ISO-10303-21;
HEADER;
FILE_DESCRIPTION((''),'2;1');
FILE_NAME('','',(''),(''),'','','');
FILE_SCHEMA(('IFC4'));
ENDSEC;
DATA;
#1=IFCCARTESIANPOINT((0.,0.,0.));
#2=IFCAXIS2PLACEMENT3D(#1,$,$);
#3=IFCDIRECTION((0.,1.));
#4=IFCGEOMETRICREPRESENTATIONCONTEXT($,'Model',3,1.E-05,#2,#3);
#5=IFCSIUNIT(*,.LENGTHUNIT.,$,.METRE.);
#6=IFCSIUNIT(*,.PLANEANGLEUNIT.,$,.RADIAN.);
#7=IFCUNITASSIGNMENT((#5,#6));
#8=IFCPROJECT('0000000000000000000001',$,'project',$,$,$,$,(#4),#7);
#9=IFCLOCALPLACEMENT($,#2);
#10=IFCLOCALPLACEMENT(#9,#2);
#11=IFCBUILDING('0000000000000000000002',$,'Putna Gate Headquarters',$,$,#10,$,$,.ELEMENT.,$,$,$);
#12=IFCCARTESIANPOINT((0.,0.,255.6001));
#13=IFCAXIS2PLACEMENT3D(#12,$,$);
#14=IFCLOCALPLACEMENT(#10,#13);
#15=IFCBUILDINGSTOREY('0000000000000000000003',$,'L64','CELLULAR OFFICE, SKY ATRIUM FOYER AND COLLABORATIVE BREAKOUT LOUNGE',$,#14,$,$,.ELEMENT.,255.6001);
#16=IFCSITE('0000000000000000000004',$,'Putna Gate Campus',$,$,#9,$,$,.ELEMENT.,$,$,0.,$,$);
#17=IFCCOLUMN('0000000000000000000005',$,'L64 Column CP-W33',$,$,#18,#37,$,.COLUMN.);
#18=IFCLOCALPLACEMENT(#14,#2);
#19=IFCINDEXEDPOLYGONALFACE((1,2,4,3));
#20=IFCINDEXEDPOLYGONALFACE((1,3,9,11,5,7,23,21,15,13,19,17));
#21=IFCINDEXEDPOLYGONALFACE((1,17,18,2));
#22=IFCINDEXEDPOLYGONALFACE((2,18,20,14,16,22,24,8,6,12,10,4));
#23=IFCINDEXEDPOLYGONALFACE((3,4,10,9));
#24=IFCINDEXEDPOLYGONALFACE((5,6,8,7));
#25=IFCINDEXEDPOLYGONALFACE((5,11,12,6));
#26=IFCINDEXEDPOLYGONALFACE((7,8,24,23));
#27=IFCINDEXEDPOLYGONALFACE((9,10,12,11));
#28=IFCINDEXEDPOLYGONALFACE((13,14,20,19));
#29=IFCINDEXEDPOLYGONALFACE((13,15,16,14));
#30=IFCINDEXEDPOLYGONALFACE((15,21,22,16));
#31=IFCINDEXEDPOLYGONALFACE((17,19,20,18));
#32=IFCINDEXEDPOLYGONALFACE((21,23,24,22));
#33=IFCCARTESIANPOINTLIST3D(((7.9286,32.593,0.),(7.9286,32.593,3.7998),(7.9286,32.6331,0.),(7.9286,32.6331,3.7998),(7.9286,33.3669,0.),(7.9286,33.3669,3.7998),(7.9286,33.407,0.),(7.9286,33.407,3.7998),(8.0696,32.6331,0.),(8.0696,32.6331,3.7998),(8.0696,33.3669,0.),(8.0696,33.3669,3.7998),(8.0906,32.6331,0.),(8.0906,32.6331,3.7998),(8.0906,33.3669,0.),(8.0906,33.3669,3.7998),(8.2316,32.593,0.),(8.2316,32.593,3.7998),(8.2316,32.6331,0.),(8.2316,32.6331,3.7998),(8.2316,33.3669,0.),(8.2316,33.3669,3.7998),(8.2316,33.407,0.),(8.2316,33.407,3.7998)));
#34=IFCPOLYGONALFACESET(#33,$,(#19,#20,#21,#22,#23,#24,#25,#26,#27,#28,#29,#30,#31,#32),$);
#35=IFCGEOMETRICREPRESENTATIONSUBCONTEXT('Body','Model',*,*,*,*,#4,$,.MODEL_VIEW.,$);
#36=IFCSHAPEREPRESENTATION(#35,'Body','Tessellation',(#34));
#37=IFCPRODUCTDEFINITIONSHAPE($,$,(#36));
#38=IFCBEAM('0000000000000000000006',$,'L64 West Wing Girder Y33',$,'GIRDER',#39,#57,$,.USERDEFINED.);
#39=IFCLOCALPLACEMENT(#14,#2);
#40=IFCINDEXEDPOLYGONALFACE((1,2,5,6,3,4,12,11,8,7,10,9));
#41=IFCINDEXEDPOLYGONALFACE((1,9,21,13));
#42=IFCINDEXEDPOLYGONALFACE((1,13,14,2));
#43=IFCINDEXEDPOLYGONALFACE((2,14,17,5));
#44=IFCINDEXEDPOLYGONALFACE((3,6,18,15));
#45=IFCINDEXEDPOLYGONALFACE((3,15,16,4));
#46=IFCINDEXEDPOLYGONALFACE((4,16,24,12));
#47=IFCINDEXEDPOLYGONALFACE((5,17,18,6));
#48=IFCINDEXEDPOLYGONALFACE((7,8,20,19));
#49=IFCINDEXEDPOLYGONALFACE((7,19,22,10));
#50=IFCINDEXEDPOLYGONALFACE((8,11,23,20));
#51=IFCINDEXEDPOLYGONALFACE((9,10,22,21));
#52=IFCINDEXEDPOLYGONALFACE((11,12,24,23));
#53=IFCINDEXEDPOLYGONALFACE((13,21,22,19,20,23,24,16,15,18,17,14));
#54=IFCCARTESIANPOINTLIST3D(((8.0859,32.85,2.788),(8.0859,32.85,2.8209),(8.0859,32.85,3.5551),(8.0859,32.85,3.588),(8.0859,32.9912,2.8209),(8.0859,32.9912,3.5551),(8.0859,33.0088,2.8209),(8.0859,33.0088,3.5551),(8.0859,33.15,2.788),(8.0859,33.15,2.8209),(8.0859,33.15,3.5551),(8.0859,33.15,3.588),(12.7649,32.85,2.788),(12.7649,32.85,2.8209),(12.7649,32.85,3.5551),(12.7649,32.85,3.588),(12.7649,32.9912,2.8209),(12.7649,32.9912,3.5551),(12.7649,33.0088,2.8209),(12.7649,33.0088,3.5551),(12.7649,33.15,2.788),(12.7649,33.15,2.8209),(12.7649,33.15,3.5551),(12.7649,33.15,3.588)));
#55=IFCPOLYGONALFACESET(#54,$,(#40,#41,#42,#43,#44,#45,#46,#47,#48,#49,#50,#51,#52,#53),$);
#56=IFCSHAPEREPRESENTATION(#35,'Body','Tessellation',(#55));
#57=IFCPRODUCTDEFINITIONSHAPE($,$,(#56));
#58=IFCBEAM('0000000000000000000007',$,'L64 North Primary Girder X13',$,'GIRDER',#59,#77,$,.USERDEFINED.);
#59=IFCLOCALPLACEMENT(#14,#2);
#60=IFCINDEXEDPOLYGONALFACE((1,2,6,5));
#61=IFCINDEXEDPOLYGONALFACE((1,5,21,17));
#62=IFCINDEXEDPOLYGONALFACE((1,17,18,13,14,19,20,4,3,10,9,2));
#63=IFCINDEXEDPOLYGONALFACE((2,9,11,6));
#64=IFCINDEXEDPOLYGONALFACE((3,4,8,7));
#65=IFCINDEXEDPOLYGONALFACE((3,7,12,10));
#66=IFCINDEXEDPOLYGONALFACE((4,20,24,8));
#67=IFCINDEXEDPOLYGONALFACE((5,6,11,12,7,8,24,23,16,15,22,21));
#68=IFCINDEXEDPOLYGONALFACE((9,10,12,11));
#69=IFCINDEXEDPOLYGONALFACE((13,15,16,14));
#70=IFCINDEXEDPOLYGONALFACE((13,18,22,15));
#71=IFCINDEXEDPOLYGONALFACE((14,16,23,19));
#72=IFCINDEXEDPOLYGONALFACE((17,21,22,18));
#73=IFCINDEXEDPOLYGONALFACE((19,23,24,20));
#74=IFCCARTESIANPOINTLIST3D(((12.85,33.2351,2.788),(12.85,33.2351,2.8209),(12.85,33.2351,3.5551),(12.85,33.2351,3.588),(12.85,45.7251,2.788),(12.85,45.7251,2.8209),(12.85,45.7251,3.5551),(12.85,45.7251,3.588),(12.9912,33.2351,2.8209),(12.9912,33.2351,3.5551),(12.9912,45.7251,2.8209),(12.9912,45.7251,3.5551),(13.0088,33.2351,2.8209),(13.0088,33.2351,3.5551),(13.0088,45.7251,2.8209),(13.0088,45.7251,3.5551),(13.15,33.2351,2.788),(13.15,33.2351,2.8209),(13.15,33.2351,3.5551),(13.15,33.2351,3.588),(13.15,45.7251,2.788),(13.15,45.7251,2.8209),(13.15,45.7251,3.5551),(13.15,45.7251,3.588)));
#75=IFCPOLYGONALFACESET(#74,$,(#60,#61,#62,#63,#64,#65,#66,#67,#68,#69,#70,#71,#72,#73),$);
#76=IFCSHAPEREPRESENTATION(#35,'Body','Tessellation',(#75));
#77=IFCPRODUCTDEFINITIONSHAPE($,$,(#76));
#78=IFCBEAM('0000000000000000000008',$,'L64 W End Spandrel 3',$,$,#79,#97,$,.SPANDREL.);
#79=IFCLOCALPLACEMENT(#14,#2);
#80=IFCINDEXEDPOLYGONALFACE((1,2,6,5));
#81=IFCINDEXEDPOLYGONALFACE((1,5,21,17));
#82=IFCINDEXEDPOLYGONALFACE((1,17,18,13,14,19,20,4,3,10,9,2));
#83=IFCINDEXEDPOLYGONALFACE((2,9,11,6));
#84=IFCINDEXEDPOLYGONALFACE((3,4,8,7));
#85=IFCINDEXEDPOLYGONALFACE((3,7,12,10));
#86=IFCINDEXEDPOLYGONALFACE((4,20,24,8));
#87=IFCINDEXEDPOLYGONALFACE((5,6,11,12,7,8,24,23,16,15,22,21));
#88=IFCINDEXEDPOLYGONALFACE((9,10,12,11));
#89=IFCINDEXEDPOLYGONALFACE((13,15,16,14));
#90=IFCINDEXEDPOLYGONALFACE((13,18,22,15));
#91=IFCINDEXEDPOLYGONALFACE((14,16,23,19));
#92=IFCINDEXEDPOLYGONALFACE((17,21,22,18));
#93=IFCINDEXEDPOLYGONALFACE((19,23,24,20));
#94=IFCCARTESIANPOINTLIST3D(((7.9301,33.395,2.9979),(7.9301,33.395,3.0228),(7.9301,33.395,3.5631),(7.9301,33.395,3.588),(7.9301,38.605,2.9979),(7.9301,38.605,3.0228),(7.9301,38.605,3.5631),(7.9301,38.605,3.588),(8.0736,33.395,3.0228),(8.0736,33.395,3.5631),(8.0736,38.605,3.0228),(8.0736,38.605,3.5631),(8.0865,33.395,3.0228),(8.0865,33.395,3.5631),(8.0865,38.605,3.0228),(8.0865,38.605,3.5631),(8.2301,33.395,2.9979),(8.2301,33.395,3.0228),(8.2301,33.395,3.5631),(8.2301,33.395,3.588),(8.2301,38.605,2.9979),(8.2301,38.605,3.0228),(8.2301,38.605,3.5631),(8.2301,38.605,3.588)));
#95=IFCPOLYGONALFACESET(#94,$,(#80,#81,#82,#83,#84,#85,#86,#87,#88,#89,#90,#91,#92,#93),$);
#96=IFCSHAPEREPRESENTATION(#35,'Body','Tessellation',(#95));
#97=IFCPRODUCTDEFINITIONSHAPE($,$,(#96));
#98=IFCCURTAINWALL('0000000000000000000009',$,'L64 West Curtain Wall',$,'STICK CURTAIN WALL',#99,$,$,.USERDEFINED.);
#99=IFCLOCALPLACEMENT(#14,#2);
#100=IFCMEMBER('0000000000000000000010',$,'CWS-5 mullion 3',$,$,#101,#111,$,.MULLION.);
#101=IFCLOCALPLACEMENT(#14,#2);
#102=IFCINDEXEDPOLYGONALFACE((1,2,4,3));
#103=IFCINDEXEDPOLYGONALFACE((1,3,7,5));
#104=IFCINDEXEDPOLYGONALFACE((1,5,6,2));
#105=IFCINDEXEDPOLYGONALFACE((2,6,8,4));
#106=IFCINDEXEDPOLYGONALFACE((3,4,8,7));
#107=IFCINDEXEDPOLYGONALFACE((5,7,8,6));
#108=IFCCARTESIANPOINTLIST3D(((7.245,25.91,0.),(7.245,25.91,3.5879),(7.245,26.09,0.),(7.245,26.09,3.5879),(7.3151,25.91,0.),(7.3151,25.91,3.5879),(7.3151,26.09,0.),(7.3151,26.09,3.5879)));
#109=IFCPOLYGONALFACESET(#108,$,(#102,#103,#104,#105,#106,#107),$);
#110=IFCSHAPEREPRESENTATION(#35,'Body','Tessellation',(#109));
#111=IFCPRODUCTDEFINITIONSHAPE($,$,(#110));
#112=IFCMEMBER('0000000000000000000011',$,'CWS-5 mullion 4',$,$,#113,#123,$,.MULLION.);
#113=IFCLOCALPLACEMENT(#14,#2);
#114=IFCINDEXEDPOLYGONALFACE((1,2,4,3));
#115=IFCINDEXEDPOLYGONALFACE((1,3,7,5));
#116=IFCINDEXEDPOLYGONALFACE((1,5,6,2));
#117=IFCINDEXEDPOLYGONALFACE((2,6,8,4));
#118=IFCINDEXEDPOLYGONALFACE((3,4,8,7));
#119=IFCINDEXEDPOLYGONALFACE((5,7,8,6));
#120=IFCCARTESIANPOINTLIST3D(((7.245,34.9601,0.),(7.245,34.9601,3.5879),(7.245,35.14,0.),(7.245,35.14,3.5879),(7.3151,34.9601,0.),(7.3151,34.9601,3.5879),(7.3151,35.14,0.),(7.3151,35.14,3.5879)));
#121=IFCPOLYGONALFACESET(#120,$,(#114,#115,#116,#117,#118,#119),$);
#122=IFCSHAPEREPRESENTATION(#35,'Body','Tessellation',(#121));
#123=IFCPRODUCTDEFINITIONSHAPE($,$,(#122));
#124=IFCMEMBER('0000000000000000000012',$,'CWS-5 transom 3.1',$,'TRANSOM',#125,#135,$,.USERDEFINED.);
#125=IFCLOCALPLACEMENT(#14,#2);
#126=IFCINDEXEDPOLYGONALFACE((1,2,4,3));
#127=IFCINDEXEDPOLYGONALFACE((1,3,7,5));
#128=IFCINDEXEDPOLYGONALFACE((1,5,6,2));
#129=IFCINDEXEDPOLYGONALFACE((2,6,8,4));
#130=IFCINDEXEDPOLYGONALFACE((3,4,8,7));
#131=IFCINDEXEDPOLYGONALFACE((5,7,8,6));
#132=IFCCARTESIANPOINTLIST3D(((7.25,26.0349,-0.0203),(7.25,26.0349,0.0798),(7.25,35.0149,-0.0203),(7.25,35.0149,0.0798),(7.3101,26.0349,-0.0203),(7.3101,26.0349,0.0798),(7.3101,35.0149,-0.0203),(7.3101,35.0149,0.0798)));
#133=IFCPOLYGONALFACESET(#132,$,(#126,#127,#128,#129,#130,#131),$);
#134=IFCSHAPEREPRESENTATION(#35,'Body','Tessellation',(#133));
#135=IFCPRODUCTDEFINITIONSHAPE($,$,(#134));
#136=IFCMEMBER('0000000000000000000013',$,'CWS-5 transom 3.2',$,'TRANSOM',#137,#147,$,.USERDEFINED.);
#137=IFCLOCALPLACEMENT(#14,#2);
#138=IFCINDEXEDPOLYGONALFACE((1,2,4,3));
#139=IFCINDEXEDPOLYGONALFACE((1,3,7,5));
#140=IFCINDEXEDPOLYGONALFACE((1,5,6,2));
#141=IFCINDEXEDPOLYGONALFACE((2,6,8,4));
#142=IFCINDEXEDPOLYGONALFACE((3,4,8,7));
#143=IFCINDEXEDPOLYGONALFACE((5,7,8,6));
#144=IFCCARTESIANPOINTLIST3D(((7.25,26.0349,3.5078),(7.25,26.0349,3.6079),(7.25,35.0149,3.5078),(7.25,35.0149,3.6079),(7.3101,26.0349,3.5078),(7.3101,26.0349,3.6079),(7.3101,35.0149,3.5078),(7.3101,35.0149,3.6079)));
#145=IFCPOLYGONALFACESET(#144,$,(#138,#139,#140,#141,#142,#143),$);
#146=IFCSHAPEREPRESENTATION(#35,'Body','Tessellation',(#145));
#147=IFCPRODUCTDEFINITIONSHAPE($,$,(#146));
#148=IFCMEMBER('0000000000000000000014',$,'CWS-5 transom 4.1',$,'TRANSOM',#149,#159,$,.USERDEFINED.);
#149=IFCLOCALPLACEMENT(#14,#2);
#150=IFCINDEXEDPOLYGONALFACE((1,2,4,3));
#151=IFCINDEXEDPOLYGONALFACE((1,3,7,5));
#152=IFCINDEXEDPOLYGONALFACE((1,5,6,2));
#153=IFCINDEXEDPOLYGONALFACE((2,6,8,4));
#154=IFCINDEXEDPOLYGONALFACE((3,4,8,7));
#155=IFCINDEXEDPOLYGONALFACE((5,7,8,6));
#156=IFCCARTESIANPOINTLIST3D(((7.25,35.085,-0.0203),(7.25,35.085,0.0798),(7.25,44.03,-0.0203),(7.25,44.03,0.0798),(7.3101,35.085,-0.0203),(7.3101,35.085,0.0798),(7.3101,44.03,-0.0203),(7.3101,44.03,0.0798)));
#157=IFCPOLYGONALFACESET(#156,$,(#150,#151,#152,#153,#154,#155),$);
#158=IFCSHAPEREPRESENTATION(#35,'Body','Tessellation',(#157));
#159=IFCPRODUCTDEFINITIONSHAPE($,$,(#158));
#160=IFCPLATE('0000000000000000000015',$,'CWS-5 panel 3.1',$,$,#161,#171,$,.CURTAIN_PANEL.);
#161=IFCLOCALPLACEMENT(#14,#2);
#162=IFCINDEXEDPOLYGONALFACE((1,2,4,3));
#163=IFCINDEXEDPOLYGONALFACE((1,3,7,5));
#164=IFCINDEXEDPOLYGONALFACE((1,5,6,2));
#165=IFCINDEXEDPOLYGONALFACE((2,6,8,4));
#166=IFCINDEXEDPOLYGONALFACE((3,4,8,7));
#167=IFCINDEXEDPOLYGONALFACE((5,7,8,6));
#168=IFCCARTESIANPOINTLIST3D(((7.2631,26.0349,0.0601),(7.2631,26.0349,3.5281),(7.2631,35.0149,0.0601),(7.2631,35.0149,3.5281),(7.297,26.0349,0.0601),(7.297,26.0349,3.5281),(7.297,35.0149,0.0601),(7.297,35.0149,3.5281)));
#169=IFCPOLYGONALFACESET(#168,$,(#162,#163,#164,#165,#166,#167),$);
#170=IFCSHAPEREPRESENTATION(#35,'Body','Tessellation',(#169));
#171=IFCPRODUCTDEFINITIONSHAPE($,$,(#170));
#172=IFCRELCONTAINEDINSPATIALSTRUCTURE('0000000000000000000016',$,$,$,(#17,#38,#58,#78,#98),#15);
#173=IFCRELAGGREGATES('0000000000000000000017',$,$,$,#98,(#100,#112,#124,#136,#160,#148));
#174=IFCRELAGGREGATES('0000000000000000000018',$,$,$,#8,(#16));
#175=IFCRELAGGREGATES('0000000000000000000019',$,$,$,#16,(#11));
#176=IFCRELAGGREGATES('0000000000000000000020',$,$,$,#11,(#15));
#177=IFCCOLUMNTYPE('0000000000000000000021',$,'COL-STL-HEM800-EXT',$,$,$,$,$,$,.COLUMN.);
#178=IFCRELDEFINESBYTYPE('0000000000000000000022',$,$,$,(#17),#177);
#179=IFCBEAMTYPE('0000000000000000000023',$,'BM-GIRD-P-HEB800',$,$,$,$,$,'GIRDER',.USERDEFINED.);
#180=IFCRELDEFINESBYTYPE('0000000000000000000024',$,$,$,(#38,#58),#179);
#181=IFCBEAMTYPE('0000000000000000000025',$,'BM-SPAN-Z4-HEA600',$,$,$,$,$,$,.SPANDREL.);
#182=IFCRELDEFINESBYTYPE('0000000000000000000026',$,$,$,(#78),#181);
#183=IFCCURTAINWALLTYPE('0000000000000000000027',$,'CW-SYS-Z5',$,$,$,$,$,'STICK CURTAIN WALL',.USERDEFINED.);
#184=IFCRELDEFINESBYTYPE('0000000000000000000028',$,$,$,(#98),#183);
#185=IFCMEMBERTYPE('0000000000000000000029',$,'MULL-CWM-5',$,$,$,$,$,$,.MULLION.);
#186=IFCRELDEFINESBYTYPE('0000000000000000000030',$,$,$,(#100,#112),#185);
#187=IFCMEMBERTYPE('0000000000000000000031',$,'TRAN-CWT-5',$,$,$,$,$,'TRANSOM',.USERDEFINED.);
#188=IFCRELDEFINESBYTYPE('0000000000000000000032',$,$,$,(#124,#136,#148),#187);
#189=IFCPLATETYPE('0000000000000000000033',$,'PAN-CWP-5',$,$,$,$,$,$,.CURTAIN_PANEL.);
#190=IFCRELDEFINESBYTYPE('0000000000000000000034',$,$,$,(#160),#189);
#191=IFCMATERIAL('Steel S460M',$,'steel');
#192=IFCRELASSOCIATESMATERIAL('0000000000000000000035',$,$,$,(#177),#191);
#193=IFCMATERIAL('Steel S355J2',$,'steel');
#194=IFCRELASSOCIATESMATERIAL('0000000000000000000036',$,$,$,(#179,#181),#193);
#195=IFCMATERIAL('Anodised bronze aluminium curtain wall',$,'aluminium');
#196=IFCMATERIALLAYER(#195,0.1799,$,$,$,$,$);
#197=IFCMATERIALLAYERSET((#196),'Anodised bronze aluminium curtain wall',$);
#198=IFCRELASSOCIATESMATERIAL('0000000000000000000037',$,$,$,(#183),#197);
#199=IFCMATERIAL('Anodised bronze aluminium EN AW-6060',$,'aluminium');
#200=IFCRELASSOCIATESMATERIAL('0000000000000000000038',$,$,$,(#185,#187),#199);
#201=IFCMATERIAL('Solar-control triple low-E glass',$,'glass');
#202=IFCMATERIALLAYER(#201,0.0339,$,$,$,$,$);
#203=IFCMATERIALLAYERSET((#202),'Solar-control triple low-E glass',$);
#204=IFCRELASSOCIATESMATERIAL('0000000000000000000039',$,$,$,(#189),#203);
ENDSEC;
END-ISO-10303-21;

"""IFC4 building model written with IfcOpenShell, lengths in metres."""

from ifc_helpers import new_model, si_unit, direction, frame, origin, origin_2d, place, context, subcontext, project, spatial, rectangle, i_section, extrude, material, layer, layer_set, material_profile, profile_set, type_object, element, aggregate, save


model = new_model("IFC4")

# Units and contexts
model_context = context("Model", 3, precision=1e-05, world=origin(), true_north=direction((0.0, 1.0)))
body_context = subcontext(model_context, "Body", "Model", "MODEL_VIEW")
ifc_project = project(units=[si_unit("LENGTHUNIT", "METRE"), si_unit("PLANEANGLEUNIT", "RADIAN")], contexts=[model_context])

# Site, building, storey
site_placement = place(None, origin())
site = spatial("IfcSite", under=ifc_project, at=site_placement, Name="Putna Gate Campus", CompositionType="ELEMENT", RefElevation=0.0)
building_placement = place(site_placement, origin())
building = spatial("IfcBuilding", under=site, at=building_placement, Name="Putna Gate Headquarters", CompositionType="ELEMENT")
storey_placement = place(building_placement, frame((0.0, 0.0, 255.6001)))
storey = spatial("IfcBuildingStorey", under=building, at=storey_placement, Name="L64", Description="CELLULAR OFFICE, SKY ATRIUM FOYER AND COLLABORATIVE BREAKOUT LOUNGE", CompositionType="ELEMENT", Elevation=255.6001)

# Column
ifc_material_1 = material(Name="Steel S460M", Category="steel")
ifc_material_profile_1 = material_profile(ifc_material_1, i_section(OverallWidth=0.303, OverallDepth=0.814, WebThickness=0.021, FlangeThickness=0.04, at=origin_2d()), Name="Steel S460M")
ifc_profile_set_1 = profile_set([ifc_material_profile_1], Name="Steel S460M")
column_type = type_object("IfcColumnType", Name="COL-STL-HEM800-EXT", PredefinedType="COLUMN", material=ifc_profile_set_1)
column_placement = place(storey_placement, frame((8.0801, 33.0, 0.0), z_axis=(0.0, 0.0, 1.0), x_axis=(1.0, 0.0, 0.0)))
element("IfcColumn", 1, at=column_placement, inside=storey, type_object=column_type, Name="L64 Column CP-W33", PredefinedType="COLUMN", context=body_context, shape_type="SweptSolid", body=[
    extrude(i_section(OverallWidth=0.303, OverallDepth=0.814, WebThickness=0.021, FlangeThickness=0.04, at=origin_2d()), origin(), (0.0, 0.0, 1.0), 3.7998),
])

# Beams
ifc_material_2 = material(Name="Steel S355J2", Category="steel")
ifc_material_profile_2 = material_profile(ifc_material_2, i_section(OverallWidth=0.3, OverallDepth=0.8, WebThickness=0.0176, FlangeThickness=0.033, at=origin_2d()), Name="Steel S355J2")
ifc_profile_set_2 = profile_set([ifc_material_profile_2], Name="Steel S355J2")
beam_type_1 = type_object("IfcBeamType", Name="BM-GIRD-P-HEB800", ElementType="GIRDER", PredefinedType="USERDEFINED", material=ifc_profile_set_2)
beam_1_placement = place(storey_placement, frame((8.0859, 33.0, 3.188), z_axis=(1.0, 0.0, 0.0), x_axis=(0.0, 1.0, 0.0)))
element("IfcBeam", 2, at=beam_1_placement, inside=storey, type_object=beam_type_1, Name="L64 West Wing Girder Y33", ObjectType="GIRDER", PredefinedType="USERDEFINED", context=body_context, shape_type="SweptSolid", body=[
    extrude(i_section(OverallWidth=0.3, OverallDepth=0.8, WebThickness=0.0176, FlangeThickness=0.033, at=origin_2d()), origin(), (0.0, 0.0, 1.0), 4.679),
])
beam_2_placement = place(storey_placement, frame((13.0, 33.2351, 3.188), z_axis=(0.0, 1.0, 0.0), x_axis=(-1.0, 0.0, 0.0)))
element("IfcBeam", 3, at=beam_2_placement, inside=storey, type_object=beam_type_1, Name="L64 North Primary Girder X13", ObjectType="GIRDER", PredefinedType="USERDEFINED", context=body_context, shape_type="SweptSolid", body=[
    extrude(i_section(OverallWidth=0.3, OverallDepth=0.8, WebThickness=0.0176, FlangeThickness=0.033, at=origin_2d()), origin(), (0.0, 0.0, 1.0), 12.49),
])
ifc_material_profile_3 = material_profile(ifc_material_2, i_section(OverallWidth=0.3, OverallDepth=0.5901, WebThickness=0.0129, FlangeThickness=0.0249, at=origin_2d()), Name="Steel S355J2")
ifc_profile_set_3 = profile_set([ifc_material_profile_3], Name="Steel S355J2")
beam_type_2 = type_object("IfcBeamType", Name="BM-SPAN-Z4-HEA600", PredefinedType="SPANDREL", material=ifc_profile_set_3)
beam_3_placement = place(storey_placement, frame((8.0801, 33.395, 3.293), z_axis=(0.0, 1.0, 0.0), x_axis=(-1.0, 0.0, 0.0)))
element("IfcBeam", 4, at=beam_3_placement, inside=storey, type_object=beam_type_2, Name="L64 W End Spandrel 3", PredefinedType="SPANDREL", context=body_context, shape_type="SweptSolid", body=[
    extrude(i_section(OverallWidth=0.3, OverallDepth=0.5901, WebThickness=0.0129, FlangeThickness=0.0249, at=origin_2d()), origin(), (0.0, 0.0, 1.0), 5.21),
])

# Curtain wall, members, plate
ifc_material_3 = material(Name="Anodised bronze aluminium curtain wall", Category="aluminium")
ifc_layer_1 = layer(ifc_material_3, 0.1799)
ifc_layer_set_1 = layer_set([ifc_layer_1], Name="Anodised bronze aluminium curtain wall")
curtain_wall_type = type_object("IfcCurtainWallType", Name="CW-SYS-Z5", ElementType="STICK CURTAIN WALL", PredefinedType="USERDEFINED", material=ifc_layer_set_1)
curtain_wall_placement = place(storey_placement, origin())
curtain_wall = element("IfcCurtainWall", 5, at=curtain_wall_placement, inside=storey, type_object=curtain_wall_type, Name="L64 West Curtain Wall", ObjectType="STICK CURTAIN WALL", PredefinedType="USERDEFINED")
ifc_material_4 = material(Name="Anodised bronze aluminium EN AW-6060", Category="aluminium")
ifc_material_profile_4 = material_profile(ifc_material_4, rectangle(XDim=0.0701, YDim=0.1799, at=origin_2d()), Name="Anodised bronze aluminium EN AW-6060")
ifc_profile_set_4 = profile_set([ifc_material_profile_4], Name="Anodised bronze aluminium EN AW-6060")
member_type_1 = type_object("IfcMemberType", Name="MULL-CWM-5", PredefinedType="MULLION", material=ifc_profile_set_4)
member_1_placement = place(storey_placement, frame((7.28, 26.0, 0.0), z_axis=(0.0, 0.0, 1.0), x_axis=(-1.0, 0.0, 0.0)))
member_1 = element("IfcMember", 6, at=member_1_placement, type_object=member_type_1, Name="CWS-5 mullion 3", PredefinedType="MULLION", context=body_context, shape_type="SweptSolid", body=[
    extrude(rectangle(XDim=0.0701, YDim=0.1799, at=origin_2d()), origin(), (0.0, 0.0, 1.0), 3.5879),
])
member_2_placement = place(storey_placement, frame((7.28, 35.05, 0.0), z_axis=(0.0, 0.0, 1.0), x_axis=(-1.0, 0.0, 0.0)))
member_2 = element("IfcMember", 7, at=member_2_placement, type_object=member_type_1, Name="CWS-5 mullion 4", PredefinedType="MULLION", context=body_context, shape_type="SweptSolid", body=[
    extrude(rectangle(XDim=0.0701, YDim=0.1799, at=origin_2d()), origin(), (0.0, 0.0, 1.0), 3.5879),
])
ifc_material_profile_5 = material_profile(ifc_material_4, rectangle(XDim=0.0601, YDim=0.1001, at=origin_2d()), Name="Anodised bronze aluminium EN AW-6060")
ifc_profile_set_5 = profile_set([ifc_material_profile_5], Name="Anodised bronze aluminium EN AW-6060")
member_type_2 = type_object("IfcMemberType", Name="TRAN-CWT-5", ElementType="TRANSOM", PredefinedType="USERDEFINED", material=ifc_profile_set_5)
member_3_placement = place(storey_placement, frame((7.28, 26.0349, 0.0298), z_axis=(0.0, 1.0, 0.0), x_axis=(-1.0, 0.0, 0.0)))
member_3 = element("IfcMember", 8, at=member_3_placement, type_object=member_type_2, Name="CWS-5 transom 3.1", ObjectType="TRANSOM", PredefinedType="USERDEFINED", context=body_context, shape_type="SweptSolid", body=[
    extrude(rectangle(XDim=0.0601, YDim=0.1001, at=origin_2d()), origin(), (0.0, 0.0, 1.0), 8.98),
])
member_4_placement = place(storey_placement, frame((7.28, 26.0349, 3.5579), z_axis=(0.0, 1.0, 0.0), x_axis=(-1.0, 0.0, 0.0)))
member_4 = element("IfcMember", 9, at=member_4_placement, type_object=member_type_2, Name="CWS-5 transom 3.2", ObjectType="TRANSOM", PredefinedType="USERDEFINED", context=body_context, shape_type="SweptSolid", body=[
    extrude(rectangle(XDim=0.0601, YDim=0.1001, at=origin_2d()), origin(), (0.0, 0.0, 1.0), 8.98),
])
member_5_placement = place(storey_placement, frame((7.28, 35.085, 0.0298), z_axis=(0.0, 1.0, 0.0), x_axis=(-1.0, 0.0, 0.0)))
member_5 = element("IfcMember", 10, at=member_5_placement, type_object=member_type_2, Name="CWS-5 transom 4.1", ObjectType="TRANSOM", PredefinedType="USERDEFINED", context=body_context, shape_type="SweptSolid", body=[
    extrude(rectangle(XDim=0.0601, YDim=0.1001, at=origin_2d()), origin(), (0.0, 0.0, 1.0), 8.9451),
])
ifc_material_5 = material(Name="Solar-control triple low-E glass", Category="glass")
ifc_layer_2 = layer(ifc_material_5, 0.0339)
ifc_layer_set_2 = layer_set([ifc_layer_2], Name="Solar-control triple low-E glass")
plate_type = type_object("IfcPlateType", Name="PAN-CWP-5", PredefinedType="CURTAIN_PANEL", material=ifc_layer_set_2)
plate_placement = place(storey_placement, frame((7.28, 30.5249, 0.0601), z_axis=(0.0, 0.0, 1.0), x_axis=(0.0, 1.0, 0.0)))
plate = element("IfcPlate", 11, at=plate_placement, type_object=plate_type, Name="CWS-5 panel 3.1", PredefinedType="CURTAIN_PANEL", context=body_context, shape_type="SweptSolid", body=[
    extrude(rectangle(XDim=8.98, YDim=0.0339, at=origin_2d()), origin(), (0.0, 0.0, 1.0), 3.468),
])
aggregate(curtain_wall, [member_1, member_2, member_3, member_4, plate, member_5])

save(model, "model.ifc")
